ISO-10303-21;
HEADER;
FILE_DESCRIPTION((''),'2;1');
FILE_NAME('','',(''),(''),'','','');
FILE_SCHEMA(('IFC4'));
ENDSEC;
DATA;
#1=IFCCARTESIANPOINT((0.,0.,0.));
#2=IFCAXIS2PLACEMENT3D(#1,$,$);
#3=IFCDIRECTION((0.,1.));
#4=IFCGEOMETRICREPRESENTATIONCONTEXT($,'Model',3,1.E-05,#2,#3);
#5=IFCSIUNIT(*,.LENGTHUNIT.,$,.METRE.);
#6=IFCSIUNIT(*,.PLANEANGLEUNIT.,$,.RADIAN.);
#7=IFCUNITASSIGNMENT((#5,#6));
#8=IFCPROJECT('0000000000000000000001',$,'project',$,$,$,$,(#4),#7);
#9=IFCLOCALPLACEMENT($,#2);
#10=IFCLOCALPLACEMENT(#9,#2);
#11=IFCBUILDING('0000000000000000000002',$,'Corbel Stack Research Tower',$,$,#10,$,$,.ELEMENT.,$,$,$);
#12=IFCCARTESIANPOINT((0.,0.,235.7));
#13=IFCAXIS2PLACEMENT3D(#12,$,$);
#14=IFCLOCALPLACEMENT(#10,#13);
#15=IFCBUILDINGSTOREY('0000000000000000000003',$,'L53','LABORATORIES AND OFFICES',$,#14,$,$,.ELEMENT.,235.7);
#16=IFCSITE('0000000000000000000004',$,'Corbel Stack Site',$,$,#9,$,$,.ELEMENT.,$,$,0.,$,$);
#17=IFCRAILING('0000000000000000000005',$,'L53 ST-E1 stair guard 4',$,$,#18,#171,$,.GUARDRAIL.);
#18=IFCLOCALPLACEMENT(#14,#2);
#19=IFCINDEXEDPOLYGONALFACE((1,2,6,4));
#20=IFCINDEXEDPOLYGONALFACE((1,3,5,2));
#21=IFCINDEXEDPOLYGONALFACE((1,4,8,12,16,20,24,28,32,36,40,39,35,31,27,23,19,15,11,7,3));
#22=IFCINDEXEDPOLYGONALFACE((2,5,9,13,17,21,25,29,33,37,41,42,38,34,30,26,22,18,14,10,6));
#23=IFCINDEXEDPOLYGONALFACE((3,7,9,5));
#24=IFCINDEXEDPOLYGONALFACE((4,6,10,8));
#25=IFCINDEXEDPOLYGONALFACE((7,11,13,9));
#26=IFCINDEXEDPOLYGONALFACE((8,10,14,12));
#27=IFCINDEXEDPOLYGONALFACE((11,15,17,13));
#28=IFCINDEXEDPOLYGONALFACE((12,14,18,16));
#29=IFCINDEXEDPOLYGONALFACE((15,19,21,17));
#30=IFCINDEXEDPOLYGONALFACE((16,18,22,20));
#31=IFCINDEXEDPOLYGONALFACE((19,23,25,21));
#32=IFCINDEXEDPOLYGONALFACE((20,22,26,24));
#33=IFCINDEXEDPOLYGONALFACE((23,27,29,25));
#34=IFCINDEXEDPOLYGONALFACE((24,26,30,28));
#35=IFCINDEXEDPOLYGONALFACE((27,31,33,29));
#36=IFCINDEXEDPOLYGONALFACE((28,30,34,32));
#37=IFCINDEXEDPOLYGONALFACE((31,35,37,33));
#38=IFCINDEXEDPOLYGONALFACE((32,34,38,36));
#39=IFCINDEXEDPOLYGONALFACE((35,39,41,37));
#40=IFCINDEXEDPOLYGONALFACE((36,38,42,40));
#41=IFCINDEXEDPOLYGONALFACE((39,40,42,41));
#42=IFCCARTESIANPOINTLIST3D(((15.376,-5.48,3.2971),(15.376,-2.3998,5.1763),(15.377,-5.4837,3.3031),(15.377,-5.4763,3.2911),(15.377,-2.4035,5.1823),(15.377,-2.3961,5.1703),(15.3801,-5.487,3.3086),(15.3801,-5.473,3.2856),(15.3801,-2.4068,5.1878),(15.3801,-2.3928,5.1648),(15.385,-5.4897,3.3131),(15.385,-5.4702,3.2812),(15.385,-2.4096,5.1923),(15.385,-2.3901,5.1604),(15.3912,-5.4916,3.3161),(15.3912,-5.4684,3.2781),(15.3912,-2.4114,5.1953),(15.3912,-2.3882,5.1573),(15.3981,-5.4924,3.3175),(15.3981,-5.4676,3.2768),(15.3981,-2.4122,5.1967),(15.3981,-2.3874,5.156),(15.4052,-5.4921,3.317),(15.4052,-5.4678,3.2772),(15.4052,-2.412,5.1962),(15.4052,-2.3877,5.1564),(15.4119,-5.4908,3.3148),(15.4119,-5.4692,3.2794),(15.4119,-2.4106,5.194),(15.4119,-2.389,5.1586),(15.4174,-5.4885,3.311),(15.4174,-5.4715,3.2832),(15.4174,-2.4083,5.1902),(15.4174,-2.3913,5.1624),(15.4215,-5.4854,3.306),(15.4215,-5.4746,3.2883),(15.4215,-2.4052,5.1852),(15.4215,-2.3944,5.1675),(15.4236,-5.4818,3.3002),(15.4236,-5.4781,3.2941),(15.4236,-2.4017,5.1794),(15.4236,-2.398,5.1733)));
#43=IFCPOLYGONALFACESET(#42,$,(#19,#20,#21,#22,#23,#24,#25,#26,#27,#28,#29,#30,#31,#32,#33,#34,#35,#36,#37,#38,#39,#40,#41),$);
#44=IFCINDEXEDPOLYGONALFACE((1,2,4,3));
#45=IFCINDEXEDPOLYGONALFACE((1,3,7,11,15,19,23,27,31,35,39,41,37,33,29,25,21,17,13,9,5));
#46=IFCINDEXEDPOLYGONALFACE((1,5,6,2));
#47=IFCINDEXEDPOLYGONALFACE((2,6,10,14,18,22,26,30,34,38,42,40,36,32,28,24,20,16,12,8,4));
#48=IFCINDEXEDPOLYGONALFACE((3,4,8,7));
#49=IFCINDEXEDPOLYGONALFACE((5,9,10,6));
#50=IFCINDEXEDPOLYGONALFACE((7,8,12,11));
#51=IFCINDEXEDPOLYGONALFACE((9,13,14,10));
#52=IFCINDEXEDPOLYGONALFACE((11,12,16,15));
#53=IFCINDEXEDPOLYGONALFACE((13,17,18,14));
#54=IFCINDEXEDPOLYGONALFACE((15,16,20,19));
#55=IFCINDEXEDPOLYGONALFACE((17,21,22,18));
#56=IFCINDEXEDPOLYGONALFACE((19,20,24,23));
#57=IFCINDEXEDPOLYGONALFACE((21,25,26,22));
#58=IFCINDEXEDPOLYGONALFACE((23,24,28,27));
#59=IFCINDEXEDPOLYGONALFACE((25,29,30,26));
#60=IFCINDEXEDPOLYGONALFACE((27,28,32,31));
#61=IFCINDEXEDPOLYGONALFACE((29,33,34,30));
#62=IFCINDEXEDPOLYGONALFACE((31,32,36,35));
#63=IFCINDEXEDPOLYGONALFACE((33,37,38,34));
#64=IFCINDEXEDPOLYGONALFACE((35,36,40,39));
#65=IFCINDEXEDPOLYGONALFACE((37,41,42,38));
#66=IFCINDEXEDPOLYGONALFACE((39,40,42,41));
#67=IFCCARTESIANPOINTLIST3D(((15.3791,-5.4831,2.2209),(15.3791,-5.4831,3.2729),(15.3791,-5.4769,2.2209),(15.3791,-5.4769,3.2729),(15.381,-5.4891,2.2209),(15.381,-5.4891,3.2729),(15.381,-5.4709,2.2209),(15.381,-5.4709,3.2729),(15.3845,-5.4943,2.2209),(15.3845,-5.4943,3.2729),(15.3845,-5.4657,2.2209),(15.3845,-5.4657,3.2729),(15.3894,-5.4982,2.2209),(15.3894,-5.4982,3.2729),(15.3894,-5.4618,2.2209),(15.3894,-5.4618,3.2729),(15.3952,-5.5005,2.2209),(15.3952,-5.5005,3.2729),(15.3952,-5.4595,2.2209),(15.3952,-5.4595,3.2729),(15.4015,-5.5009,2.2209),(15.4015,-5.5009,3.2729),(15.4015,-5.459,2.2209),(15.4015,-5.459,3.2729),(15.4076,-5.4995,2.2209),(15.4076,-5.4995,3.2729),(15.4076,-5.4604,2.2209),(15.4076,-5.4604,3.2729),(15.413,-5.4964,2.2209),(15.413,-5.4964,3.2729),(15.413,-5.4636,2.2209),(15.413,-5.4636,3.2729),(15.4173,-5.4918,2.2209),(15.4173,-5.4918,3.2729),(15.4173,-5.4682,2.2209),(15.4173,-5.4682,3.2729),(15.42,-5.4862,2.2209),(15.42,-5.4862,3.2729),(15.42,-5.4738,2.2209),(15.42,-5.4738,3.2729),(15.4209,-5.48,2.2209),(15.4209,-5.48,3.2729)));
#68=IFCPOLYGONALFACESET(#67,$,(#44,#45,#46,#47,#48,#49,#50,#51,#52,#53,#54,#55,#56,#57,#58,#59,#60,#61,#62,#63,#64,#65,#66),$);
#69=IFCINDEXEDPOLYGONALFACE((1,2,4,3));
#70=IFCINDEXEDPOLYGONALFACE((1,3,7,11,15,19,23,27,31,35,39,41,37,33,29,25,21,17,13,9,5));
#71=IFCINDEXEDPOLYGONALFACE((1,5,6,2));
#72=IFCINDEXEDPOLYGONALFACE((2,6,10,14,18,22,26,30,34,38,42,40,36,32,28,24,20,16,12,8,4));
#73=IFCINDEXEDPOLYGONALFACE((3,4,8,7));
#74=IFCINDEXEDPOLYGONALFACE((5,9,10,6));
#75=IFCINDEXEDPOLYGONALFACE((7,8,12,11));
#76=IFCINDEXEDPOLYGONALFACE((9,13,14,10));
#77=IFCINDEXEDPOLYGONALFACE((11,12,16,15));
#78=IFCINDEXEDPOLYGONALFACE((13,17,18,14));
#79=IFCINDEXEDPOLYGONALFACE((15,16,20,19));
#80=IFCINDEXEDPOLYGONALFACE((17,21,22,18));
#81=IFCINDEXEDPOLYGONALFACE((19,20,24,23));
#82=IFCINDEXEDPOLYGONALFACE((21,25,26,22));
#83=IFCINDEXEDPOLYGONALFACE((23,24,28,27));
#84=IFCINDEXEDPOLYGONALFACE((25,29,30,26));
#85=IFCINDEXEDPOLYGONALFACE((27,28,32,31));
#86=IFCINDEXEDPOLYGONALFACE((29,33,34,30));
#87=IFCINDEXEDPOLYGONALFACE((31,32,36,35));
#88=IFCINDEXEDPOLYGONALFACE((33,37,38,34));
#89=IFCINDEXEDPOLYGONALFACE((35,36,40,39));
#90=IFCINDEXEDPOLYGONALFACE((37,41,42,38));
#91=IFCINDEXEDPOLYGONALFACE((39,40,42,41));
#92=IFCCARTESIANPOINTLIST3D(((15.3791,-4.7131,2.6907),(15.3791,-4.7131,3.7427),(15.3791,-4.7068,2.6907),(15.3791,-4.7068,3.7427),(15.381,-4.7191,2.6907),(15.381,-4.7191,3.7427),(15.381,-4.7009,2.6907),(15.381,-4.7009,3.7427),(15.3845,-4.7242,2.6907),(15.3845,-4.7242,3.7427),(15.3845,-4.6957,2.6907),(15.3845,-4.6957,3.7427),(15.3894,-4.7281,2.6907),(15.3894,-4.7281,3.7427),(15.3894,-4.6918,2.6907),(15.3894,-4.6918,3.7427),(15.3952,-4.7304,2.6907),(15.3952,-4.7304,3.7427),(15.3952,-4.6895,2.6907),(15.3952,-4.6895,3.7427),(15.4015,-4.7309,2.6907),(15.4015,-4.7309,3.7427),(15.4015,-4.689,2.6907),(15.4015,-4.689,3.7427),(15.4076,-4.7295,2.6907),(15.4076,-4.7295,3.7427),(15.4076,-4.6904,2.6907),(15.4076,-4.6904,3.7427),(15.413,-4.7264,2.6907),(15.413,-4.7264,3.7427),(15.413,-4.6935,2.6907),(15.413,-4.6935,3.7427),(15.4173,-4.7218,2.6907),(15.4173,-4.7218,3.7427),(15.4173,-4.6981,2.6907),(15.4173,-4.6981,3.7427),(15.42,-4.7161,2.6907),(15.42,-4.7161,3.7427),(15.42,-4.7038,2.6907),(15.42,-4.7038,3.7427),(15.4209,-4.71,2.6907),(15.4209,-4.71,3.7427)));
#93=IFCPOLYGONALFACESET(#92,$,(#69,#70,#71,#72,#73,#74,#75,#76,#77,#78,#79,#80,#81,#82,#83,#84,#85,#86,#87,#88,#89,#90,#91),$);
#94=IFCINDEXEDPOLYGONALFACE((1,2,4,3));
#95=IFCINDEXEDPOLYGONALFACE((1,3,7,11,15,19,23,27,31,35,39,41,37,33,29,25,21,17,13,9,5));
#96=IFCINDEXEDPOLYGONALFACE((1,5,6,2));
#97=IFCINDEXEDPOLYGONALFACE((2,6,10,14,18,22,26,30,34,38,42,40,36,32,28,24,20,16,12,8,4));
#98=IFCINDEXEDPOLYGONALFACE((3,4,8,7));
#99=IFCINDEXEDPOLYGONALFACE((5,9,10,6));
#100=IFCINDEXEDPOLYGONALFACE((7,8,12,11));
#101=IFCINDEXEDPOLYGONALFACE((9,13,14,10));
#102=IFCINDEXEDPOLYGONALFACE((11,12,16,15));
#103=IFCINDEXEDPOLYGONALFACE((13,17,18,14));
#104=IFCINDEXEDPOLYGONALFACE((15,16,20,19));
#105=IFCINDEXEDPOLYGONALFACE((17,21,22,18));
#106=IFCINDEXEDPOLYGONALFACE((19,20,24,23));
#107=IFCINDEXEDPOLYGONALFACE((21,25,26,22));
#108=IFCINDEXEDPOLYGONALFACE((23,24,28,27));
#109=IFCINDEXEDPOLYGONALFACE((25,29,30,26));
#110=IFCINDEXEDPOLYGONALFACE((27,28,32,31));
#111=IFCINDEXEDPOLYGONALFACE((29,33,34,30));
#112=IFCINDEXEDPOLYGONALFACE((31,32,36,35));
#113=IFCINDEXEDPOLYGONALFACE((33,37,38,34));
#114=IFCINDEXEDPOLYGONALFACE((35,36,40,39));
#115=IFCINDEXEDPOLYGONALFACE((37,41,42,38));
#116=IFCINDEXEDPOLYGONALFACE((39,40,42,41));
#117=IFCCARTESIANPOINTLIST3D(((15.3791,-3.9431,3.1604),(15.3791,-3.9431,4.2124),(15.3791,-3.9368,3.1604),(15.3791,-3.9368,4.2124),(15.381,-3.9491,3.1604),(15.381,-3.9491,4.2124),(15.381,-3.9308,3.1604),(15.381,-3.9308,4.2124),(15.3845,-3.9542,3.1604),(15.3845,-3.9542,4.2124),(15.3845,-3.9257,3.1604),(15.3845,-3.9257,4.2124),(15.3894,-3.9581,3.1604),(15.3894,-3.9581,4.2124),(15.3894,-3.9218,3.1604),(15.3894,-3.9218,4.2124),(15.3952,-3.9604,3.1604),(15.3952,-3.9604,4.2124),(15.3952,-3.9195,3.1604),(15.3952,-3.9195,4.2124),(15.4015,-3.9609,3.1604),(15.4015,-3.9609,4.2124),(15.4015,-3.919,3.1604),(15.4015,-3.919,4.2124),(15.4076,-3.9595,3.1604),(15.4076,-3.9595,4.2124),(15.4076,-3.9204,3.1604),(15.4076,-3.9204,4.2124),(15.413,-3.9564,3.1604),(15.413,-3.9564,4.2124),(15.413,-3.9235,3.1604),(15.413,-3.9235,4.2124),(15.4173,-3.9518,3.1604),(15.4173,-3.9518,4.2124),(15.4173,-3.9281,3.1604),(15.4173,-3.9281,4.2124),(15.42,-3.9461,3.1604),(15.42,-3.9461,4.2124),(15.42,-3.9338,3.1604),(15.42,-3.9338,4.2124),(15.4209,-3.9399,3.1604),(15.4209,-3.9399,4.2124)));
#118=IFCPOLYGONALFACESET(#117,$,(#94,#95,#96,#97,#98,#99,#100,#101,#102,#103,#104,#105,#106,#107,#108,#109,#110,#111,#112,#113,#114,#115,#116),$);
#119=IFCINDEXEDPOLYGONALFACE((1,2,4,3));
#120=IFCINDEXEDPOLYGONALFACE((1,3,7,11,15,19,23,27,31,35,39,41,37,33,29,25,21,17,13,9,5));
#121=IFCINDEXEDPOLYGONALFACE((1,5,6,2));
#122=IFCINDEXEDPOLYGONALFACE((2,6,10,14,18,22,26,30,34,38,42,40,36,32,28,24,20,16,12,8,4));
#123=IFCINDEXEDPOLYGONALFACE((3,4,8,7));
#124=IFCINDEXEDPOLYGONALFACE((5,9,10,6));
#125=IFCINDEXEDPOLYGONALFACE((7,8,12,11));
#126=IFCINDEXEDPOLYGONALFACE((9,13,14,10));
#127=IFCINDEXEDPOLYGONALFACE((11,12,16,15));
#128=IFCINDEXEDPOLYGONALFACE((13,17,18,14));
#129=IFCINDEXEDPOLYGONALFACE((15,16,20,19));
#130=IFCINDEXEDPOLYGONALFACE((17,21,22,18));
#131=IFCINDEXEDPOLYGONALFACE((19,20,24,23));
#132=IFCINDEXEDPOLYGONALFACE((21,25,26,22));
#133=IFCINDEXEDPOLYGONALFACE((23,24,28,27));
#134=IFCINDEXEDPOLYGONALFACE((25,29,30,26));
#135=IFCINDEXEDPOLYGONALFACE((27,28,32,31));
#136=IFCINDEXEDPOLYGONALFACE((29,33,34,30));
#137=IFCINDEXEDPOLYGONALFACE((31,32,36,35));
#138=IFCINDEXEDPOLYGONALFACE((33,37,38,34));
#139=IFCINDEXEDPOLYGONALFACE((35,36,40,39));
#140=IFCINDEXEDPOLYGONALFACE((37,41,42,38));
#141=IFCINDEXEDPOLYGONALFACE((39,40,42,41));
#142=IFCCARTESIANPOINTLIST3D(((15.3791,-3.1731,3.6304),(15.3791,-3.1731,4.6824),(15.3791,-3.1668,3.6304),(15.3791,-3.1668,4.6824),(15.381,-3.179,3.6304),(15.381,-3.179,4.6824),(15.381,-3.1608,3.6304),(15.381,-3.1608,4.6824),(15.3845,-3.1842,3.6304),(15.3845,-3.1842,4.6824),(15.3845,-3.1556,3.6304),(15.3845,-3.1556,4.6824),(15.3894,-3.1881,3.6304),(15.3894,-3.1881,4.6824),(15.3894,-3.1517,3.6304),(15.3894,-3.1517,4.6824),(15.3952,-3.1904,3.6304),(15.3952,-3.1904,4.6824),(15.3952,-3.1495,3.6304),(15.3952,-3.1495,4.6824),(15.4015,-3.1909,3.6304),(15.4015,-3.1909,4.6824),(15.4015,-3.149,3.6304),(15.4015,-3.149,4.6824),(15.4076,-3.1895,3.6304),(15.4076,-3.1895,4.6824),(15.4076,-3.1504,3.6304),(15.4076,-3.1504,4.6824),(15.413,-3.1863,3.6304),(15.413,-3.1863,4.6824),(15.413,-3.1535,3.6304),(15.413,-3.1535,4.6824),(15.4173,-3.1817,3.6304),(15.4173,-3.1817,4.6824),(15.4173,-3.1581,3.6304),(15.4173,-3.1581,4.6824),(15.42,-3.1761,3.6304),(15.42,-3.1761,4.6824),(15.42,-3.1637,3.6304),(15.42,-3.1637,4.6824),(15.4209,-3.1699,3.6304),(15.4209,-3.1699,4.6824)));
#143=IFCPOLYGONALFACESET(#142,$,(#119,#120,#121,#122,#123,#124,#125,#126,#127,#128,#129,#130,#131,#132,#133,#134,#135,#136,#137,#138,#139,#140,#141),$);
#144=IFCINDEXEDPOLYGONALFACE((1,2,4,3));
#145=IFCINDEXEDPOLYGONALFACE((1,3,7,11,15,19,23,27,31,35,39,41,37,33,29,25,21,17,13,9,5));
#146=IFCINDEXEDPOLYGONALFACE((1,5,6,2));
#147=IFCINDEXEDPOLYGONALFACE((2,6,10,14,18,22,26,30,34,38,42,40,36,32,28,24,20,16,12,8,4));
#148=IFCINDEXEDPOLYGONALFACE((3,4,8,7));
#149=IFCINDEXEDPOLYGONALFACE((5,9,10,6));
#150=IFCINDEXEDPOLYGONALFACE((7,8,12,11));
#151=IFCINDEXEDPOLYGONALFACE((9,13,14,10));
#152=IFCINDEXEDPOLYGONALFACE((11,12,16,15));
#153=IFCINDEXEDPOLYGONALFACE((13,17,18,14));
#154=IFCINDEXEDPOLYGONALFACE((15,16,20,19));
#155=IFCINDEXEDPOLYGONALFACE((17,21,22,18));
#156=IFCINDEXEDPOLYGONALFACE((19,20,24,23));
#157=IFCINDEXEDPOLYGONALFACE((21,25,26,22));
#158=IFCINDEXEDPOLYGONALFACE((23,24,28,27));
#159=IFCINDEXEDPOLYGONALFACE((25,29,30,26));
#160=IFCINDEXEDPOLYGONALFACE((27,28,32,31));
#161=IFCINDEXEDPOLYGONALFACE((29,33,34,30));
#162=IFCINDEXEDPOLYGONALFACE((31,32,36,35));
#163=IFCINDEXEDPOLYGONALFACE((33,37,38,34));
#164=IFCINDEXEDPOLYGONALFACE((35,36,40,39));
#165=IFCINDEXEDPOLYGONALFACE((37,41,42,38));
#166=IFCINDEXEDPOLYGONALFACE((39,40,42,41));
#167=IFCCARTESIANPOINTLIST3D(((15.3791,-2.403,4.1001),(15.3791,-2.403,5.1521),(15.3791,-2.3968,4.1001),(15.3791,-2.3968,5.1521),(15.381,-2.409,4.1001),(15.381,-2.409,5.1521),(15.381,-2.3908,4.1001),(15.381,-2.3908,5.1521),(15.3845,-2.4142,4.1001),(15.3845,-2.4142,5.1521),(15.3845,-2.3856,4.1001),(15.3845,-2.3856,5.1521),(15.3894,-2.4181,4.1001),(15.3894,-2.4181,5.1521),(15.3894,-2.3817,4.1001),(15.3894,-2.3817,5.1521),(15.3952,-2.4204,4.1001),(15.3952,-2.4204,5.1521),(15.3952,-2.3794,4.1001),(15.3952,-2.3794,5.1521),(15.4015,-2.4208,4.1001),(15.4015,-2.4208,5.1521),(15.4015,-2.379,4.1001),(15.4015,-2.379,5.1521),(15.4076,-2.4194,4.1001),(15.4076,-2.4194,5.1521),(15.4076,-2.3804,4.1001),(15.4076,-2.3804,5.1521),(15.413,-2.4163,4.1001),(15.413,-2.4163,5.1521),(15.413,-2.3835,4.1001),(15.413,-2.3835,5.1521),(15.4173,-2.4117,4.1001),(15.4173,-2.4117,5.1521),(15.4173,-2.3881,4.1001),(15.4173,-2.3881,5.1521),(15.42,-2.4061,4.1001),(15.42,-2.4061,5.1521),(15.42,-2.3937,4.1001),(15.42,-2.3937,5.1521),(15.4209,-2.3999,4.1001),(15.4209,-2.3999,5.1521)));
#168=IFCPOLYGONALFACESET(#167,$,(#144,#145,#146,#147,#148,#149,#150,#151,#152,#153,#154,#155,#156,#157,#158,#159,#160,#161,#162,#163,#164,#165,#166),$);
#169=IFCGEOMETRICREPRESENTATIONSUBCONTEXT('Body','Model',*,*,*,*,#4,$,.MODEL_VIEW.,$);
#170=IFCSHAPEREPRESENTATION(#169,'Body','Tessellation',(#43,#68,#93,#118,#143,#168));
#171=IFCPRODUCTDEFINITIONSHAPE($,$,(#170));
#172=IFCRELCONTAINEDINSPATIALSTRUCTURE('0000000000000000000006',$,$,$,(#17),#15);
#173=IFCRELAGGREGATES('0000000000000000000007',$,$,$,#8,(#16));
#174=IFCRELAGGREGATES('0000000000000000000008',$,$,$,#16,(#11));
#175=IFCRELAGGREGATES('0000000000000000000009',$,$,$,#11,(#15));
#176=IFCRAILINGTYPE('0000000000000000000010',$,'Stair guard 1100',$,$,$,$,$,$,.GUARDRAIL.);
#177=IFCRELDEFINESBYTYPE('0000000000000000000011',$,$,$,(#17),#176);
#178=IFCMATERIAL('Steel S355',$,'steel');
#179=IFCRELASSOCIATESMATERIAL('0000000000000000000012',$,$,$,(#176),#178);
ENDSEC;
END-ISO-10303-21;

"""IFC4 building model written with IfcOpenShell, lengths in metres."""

from ifc_helpers import new_model, si_unit, direction, frame, origin, origin_2d, place, context, subcontext, project, spatial, circle, extrude, material, type_object, element, save


model = new_model("IFC4")

# Units and contexts
model_context = context("Model", 3, precision=1e-05, world=origin(), true_north=direction((0.0, 1.0)))
body_context = subcontext(model_context, "Body", "Model", "MODEL_VIEW")
ifc_project = project(units=[si_unit("LENGTHUNIT", "METRE"), si_unit("PLANEANGLEUNIT", "RADIAN")], contexts=[model_context])

# Site, building, storey
site_placement = place(None, origin())
site = spatial("IfcSite", under=ifc_project, at=site_placement, Name="Corbel Stack Site", CompositionType="ELEMENT", RefElevation=0.0)
building_placement = place(site_placement, origin())
building = spatial("IfcBuilding", under=site, at=building_placement, Name="Corbel Stack Research Tower", CompositionType="ELEMENT")
storey_placement = place(building_placement, frame((0.0, 0.0, 235.7)))
storey = spatial("IfcBuildingStorey", under=building, at=storey_placement, Name="L53", Description="LABORATORIES AND OFFICES", CompositionType="ELEMENT", Elevation=235.7)

# Railing
ifc_material_1 = material(Name="Steel S355", Category="steel")
railing_type_1 = type_object("IfcRailingType", Name="Stair guard 1100", PredefinedType="GUARDRAIL", material=ifc_material_1)
railing_1_placement = place(storey_placement, frame((15.3999, -5.48, 2.2209)))
element("IfcRailing", 1, at=railing_1_placement, inside=storey, type_object=railing_type_1, Name="L53 ST-E1 stair guard 4", PredefinedType="GUARDRAIL", context=body_context, shape_type="SweptSolid", body=[
    extrude(circle(Radius=0.0239, at=origin_2d()), frame((0.0, 0.0, 1.0762), z_axis=(0.0, 0.853666, 0.52082), x_axis=(-1.0, 0.0, 0.0)), (0.0, 0.0, 1.0), 3.6082),
    extrude(circle(Radius=0.021, at=origin_2d()), origin(), (0.0, 0.0, 1.0), 1.052),
    extrude(circle(Radius=0.021, at=origin_2d()), frame((0.0, 0.77, 0.4697)), (0.0, 0.0, 1.0), 1.052),
    extrude(circle(Radius=0.021, at=origin_2d()), frame((0.0, 1.54, 0.9395)), (0.0, 0.0, 1.0), 1.052),
    extrude(circle(Radius=0.021, at=origin_2d()), frame((0.0, 2.3101, 1.4094)), (0.0, 0.0, 1.0), 1.052),
    extrude(circle(Radius=0.021, at=origin_2d()), frame((0.0, 3.0801, 1.8792)), (0.0, 0.0, 1.0), 1.052),
])

save(model, "model.ifc")
